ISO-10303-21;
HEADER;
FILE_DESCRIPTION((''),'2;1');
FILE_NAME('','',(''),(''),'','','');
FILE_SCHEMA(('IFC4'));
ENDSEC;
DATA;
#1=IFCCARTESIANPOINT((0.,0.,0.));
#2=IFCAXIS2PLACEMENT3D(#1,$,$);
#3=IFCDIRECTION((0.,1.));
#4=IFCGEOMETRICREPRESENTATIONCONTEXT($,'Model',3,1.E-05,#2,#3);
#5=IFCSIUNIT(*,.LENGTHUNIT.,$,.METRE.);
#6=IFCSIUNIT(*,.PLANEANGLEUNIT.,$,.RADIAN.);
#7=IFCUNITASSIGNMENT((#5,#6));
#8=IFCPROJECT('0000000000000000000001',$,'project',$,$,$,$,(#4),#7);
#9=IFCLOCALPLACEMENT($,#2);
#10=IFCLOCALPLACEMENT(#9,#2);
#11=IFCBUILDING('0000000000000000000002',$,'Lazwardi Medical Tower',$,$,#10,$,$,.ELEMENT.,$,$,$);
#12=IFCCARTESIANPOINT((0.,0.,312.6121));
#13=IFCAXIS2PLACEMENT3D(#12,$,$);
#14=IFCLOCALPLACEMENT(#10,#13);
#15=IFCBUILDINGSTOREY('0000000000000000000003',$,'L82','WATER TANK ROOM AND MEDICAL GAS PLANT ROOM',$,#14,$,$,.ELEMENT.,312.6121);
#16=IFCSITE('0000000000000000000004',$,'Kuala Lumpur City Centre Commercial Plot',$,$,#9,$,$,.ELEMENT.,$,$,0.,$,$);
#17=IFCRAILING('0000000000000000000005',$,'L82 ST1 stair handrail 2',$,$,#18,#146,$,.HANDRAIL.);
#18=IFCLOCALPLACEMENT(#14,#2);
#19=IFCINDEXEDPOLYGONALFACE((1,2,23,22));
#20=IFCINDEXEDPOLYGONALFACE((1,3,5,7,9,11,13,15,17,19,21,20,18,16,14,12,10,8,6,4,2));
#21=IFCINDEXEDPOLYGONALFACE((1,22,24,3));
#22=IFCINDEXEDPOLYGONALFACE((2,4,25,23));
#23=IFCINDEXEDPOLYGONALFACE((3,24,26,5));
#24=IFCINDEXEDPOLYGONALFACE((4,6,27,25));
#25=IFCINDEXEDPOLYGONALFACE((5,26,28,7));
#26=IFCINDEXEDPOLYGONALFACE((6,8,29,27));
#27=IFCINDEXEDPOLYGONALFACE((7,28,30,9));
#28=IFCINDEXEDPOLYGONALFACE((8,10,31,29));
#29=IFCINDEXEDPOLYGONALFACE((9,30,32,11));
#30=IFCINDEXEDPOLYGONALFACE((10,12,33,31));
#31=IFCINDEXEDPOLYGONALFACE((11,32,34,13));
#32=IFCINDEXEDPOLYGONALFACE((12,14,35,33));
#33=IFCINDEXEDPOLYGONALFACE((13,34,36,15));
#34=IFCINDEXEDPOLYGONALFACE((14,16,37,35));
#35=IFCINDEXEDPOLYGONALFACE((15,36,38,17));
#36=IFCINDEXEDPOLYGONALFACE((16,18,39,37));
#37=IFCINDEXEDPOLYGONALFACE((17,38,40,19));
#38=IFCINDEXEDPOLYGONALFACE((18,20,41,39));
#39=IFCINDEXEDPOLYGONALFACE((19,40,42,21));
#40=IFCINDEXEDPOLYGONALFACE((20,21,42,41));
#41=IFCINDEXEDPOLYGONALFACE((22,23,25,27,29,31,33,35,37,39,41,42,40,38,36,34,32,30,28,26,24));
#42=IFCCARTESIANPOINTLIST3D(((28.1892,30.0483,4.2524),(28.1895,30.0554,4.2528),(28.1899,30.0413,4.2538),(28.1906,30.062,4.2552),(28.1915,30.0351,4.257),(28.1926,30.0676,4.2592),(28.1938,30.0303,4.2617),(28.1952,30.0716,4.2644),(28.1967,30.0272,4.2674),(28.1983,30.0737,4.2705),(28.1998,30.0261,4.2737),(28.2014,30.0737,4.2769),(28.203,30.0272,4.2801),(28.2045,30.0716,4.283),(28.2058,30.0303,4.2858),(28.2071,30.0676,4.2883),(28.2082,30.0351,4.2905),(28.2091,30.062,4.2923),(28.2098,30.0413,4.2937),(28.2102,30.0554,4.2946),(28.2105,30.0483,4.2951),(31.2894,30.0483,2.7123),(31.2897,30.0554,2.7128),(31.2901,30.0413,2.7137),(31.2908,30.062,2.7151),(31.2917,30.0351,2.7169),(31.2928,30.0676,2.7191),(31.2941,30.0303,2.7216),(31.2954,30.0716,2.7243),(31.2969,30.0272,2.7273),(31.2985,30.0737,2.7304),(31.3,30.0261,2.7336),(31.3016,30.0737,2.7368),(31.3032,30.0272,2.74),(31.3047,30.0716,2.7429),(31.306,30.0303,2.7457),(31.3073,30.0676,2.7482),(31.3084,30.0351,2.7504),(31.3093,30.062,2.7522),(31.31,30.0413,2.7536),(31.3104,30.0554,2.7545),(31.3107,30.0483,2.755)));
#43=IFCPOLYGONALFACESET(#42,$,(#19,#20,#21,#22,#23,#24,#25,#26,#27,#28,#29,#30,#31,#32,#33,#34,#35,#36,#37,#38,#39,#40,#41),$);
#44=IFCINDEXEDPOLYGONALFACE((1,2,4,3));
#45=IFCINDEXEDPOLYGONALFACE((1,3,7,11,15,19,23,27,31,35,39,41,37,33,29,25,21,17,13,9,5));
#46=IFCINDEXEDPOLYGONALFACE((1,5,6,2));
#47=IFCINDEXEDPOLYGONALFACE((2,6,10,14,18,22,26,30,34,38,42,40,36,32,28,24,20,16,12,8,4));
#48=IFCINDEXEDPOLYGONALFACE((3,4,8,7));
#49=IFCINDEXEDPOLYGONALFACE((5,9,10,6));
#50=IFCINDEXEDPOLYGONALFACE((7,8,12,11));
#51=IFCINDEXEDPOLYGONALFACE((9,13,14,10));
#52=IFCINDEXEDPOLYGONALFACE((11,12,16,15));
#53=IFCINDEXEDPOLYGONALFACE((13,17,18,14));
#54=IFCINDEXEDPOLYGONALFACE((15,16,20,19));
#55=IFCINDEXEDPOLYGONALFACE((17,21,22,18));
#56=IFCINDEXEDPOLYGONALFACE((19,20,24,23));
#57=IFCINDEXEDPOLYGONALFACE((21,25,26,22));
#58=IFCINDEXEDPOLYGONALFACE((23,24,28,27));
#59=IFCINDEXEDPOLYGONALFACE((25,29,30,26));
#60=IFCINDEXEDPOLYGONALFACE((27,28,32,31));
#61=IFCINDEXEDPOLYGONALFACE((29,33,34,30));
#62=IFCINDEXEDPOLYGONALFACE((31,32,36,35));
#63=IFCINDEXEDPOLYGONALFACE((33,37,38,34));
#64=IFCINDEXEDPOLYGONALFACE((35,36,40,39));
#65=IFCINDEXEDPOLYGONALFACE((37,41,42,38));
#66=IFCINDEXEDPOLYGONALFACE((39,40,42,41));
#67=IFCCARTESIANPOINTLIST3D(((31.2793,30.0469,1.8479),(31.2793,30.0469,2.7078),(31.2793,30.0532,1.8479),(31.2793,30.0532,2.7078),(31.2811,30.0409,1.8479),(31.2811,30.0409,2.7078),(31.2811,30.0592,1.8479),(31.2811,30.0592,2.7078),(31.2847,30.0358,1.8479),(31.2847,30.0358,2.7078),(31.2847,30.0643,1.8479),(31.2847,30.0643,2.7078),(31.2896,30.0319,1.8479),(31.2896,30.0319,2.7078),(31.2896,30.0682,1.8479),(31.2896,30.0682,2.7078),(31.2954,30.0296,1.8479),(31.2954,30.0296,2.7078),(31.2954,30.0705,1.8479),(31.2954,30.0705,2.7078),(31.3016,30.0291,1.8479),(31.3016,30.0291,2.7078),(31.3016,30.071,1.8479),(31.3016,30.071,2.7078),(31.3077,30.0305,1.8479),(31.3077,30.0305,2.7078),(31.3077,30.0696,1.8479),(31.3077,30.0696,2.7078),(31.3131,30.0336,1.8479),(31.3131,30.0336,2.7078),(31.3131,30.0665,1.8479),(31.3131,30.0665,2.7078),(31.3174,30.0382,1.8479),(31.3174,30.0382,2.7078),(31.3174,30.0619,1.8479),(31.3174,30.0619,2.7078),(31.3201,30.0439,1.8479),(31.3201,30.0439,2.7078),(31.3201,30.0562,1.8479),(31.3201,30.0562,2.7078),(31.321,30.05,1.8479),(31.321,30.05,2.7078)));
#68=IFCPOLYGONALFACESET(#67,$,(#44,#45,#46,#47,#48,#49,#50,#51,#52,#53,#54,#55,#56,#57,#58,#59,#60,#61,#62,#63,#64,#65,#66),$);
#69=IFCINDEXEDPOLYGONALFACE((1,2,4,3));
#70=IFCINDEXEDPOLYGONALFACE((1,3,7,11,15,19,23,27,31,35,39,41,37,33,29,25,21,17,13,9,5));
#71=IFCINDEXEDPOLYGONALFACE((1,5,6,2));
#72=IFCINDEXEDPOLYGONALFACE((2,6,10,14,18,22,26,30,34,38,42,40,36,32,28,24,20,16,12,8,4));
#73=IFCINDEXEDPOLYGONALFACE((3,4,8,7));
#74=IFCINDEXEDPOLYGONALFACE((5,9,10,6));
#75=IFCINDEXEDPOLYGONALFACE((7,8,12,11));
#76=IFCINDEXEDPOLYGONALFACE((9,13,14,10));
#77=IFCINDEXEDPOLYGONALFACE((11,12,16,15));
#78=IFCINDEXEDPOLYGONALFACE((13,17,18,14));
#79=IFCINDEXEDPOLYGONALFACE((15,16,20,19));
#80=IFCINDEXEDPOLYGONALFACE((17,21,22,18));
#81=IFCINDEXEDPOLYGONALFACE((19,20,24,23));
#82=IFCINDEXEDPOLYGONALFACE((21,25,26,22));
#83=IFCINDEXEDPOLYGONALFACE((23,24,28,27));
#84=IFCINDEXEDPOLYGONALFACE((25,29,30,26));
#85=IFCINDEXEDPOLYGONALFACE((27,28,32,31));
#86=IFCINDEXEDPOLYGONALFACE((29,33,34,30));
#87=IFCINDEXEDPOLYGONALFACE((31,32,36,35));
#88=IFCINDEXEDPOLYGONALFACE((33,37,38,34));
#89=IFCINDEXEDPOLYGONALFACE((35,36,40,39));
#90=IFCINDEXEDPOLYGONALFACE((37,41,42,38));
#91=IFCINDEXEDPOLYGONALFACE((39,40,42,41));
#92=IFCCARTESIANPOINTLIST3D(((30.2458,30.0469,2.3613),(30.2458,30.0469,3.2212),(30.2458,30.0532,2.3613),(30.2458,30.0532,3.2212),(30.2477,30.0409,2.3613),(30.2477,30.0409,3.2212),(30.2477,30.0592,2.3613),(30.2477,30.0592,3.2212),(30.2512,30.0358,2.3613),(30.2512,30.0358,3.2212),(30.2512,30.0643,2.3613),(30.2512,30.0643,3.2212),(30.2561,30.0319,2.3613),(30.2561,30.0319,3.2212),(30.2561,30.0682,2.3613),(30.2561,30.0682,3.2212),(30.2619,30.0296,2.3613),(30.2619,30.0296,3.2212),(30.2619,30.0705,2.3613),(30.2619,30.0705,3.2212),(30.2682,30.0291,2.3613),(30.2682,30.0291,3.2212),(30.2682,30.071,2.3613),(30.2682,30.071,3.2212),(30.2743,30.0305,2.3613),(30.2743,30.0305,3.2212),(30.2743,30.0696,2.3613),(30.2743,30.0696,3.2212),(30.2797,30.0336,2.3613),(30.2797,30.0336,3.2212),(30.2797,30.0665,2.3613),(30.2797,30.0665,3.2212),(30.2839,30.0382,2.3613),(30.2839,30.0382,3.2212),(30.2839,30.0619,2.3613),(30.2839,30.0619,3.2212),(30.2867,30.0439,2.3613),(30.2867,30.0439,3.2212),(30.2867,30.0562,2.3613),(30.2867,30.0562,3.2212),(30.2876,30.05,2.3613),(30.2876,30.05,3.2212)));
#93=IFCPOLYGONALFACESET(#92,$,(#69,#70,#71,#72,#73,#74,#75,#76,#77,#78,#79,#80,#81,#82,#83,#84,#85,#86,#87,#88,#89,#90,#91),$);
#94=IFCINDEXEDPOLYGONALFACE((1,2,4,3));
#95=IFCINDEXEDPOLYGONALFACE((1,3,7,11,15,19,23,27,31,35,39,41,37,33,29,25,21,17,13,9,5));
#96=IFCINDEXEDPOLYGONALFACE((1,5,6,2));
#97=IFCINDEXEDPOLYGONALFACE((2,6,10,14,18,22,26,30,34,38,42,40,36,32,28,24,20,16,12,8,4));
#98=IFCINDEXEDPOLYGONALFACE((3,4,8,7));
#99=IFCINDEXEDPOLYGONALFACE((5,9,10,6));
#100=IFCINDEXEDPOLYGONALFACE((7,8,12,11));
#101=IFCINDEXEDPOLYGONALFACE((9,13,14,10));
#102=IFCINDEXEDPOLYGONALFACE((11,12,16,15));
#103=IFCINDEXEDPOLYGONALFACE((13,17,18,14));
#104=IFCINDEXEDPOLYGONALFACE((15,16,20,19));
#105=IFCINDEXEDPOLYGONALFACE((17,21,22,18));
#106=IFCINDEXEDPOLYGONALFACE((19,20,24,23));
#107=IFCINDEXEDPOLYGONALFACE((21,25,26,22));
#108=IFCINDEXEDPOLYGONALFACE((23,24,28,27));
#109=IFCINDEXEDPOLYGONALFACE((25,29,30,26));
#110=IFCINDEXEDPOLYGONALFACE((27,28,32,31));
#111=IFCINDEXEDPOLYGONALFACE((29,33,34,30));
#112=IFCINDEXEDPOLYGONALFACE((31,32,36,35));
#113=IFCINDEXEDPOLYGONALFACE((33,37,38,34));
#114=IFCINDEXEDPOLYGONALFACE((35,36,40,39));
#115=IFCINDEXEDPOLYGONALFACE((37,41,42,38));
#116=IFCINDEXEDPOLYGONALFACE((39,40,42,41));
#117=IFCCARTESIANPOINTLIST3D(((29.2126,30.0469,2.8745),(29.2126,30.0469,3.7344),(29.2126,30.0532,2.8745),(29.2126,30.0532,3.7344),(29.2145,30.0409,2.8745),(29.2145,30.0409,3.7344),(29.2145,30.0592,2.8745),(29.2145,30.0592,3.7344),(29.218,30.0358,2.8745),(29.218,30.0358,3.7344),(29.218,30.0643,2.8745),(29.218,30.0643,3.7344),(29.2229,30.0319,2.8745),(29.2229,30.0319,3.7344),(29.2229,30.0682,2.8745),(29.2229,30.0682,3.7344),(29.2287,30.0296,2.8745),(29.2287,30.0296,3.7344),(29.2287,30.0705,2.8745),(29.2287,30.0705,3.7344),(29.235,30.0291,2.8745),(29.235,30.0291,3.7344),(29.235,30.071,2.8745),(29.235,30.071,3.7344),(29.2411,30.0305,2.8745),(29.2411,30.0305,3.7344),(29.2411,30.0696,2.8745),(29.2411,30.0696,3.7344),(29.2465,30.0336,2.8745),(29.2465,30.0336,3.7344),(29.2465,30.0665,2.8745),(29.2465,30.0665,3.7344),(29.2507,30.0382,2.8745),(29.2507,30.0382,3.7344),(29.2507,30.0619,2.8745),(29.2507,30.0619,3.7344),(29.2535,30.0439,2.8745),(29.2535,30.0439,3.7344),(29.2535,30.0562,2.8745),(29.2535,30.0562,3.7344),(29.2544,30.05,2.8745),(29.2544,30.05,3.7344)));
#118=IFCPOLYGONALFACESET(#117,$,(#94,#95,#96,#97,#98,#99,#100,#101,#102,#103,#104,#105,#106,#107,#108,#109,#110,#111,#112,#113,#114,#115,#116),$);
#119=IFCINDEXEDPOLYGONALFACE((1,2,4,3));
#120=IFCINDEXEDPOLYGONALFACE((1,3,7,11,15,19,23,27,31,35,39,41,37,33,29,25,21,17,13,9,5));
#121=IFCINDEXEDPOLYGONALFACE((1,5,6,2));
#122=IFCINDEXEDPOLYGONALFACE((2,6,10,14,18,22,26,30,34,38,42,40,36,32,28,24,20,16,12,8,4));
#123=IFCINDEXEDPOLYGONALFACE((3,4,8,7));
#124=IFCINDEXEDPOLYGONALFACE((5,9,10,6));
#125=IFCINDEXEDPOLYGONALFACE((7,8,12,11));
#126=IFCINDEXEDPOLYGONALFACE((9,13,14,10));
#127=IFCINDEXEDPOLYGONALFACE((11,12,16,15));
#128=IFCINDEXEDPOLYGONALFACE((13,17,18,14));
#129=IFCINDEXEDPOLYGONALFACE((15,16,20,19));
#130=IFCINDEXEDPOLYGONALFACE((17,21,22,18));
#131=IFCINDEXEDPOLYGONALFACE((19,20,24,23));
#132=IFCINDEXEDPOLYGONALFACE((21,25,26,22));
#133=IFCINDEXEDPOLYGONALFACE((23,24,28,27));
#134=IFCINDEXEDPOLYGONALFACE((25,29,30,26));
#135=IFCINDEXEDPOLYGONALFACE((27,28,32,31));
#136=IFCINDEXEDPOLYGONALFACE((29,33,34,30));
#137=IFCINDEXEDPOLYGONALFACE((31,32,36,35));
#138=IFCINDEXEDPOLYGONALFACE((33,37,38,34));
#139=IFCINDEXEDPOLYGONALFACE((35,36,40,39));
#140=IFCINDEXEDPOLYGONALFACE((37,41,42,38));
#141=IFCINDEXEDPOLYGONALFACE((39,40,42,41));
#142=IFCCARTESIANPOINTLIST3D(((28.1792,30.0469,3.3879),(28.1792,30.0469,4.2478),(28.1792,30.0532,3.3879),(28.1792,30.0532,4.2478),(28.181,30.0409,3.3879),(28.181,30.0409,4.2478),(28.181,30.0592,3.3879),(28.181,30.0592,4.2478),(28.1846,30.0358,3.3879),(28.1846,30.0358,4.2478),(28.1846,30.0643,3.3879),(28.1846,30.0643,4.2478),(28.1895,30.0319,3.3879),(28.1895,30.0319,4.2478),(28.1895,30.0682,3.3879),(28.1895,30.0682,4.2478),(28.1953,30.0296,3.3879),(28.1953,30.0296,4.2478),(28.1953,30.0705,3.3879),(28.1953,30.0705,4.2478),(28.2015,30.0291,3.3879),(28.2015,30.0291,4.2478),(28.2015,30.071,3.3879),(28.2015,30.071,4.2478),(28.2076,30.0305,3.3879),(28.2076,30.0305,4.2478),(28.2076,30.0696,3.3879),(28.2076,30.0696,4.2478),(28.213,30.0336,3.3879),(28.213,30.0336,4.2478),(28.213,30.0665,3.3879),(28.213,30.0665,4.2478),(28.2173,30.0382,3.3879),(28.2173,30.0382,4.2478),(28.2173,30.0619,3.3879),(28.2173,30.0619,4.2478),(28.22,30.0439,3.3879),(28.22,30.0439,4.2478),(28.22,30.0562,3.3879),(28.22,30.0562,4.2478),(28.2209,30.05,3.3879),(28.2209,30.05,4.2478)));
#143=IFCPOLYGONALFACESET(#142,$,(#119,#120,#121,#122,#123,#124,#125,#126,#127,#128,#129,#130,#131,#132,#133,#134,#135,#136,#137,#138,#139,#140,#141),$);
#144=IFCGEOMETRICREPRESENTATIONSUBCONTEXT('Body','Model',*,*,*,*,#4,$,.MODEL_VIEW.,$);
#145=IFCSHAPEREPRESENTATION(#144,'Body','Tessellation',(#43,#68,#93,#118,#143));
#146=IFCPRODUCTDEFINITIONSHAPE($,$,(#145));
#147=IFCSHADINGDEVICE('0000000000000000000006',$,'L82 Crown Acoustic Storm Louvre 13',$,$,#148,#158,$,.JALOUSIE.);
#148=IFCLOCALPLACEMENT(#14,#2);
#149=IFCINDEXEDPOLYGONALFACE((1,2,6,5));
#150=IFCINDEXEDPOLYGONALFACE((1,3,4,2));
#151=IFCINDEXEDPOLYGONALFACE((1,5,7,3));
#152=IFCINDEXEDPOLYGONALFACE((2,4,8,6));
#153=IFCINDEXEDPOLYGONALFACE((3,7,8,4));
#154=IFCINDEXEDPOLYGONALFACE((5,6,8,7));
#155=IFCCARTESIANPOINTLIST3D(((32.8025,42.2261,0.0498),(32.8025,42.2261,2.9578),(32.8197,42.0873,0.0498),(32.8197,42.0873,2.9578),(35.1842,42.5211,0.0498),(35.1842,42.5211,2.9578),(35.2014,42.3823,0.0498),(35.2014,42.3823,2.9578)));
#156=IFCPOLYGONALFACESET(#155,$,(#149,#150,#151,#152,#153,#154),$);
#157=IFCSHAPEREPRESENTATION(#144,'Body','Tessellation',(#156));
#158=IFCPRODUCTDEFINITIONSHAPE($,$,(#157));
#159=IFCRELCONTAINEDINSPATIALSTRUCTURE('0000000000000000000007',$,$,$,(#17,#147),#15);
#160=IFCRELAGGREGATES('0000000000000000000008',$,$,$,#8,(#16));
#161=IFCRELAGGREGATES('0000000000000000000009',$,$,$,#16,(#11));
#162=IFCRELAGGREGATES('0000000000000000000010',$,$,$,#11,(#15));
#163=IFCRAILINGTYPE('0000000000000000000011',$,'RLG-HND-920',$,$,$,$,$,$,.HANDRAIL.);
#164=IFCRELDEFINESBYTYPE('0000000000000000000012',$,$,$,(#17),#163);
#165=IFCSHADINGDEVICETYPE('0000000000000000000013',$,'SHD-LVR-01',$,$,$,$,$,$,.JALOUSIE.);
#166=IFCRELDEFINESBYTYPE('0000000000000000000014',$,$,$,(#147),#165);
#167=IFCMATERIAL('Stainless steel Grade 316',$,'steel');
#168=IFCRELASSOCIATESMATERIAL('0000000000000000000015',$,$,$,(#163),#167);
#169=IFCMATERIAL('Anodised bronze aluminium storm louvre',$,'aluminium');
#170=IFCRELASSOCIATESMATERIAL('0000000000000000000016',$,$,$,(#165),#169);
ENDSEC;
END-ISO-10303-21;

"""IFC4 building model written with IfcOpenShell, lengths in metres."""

from ifc_helpers import new_model, si_unit, direction, frame, origin, origin_2d, place, context, subcontext, project, spatial, rectangle, circle, extrude, material, type_object, element, save


model = new_model("IFC4")

# Units and contexts
model_context = context("Model", 3, precision=1e-05, world=origin(), true_north=direction((0.0, 1.0)))
body_context = subcontext(model_context, "Body", "Model", "MODEL_VIEW")
ifc_project = project(units=[si_unit("LENGTHUNIT", "METRE"), si_unit("PLANEANGLEUNIT", "RADIAN")], contexts=[model_context])

# Site, building, storey
site_placement = place(None, origin())
site = spatial("IfcSite", under=ifc_project, at=site_placement, Name="Kuala Lumpur City Centre Commercial Plot", CompositionType="ELEMENT", RefElevation=0.0)
building_placement = place(site_placement, origin())
building = spatial("IfcBuilding", under=site, at=building_placement, Name="Lazwardi Medical Tower", CompositionType="ELEMENT")
storey_placement = place(building_placement, frame((0.0, 0.0, 312.6121)))
storey = spatial("IfcBuildingStorey", under=building, at=storey_placement, Name="L82", Description="WATER TANK ROOM AND MEDICAL GAS PLANT ROOM", CompositionType="ELEMENT", Elevation=312.6121)

# Railing
ifc_material_1 = material(Name="Stainless steel Grade 316", Category="steel")
railing_type_1 = type_object("IfcRailingType", Name="RLG-HND-920", PredefinedType="HANDRAIL", material=ifc_material_1)
railing_1_placement = place(storey_placement, frame((31.3, 30.05, 1.8479)))
element("IfcRailing", 1, at=railing_1_placement, inside=storey, type_object=railing_type_1, Name="L82 ST1 stair handrail 2", PredefinedType="HANDRAIL", context=body_context, shape_type="SweptSolid", body=[
    extrude(circle(Radius=0.0239, at=origin_2d()), frame((0.0, 0.0, 0.8857), z_axis=(-0.895581, 0.0, 0.444899), x_axis=(0.0, -1.0, 0.0)), (0.0, 0.0, 1.0), 3.4617),
    extrude(circle(Radius=0.021, at=origin_2d()), origin(), (0.0, 0.0, 1.0), 0.8599),
    extrude(circle(Radius=0.021, at=origin_2d()), frame((-1.0334, 0.0, 0.5134)), (0.0, 0.0, 1.0), 0.8599),
    extrude(circle(Radius=0.021, at=origin_2d()), frame((-2.0667, 0.0, 1.0266)), (0.0, 0.0, 1.0), 0.8599),
    extrude(circle(Radius=0.021, at=origin_2d()), frame((-3.1001, 0.0, 1.54)), (0.0, 0.0, 1.0), 0.8599),
])

# Shading device
ifc_material_2 = material(Name="Anodised bronze aluminium storm louvre", Category="aluminium")
shading_device_type = type_object("IfcShadingDeviceType", Name="SHD-LVR-01", PredefinedType="JALOUSIE", material=ifc_material_2)
shading_device_placement = place(storey_placement, frame((34.002, 42.3042, 0.0498), z_axis=(0.0, 0.0, 1.0), x_axis=(-0.992415, -0.122933, 0.0)))
element("IfcShadingDevice", 2, at=shading_device_placement, inside=storey, type_object=shading_device_type, Name="L82 Crown Acoustic Storm Louvre 13", PredefinedType="JALOUSIE", context=body_context, shape_type="SweptSolid", body=[
    extrude(rectangle(XDim=2.3999, YDim=0.1399, at=origin_2d()), origin(), (0.0, 0.0, 1.0), 2.908),
])

save(model, "model.ifc")
